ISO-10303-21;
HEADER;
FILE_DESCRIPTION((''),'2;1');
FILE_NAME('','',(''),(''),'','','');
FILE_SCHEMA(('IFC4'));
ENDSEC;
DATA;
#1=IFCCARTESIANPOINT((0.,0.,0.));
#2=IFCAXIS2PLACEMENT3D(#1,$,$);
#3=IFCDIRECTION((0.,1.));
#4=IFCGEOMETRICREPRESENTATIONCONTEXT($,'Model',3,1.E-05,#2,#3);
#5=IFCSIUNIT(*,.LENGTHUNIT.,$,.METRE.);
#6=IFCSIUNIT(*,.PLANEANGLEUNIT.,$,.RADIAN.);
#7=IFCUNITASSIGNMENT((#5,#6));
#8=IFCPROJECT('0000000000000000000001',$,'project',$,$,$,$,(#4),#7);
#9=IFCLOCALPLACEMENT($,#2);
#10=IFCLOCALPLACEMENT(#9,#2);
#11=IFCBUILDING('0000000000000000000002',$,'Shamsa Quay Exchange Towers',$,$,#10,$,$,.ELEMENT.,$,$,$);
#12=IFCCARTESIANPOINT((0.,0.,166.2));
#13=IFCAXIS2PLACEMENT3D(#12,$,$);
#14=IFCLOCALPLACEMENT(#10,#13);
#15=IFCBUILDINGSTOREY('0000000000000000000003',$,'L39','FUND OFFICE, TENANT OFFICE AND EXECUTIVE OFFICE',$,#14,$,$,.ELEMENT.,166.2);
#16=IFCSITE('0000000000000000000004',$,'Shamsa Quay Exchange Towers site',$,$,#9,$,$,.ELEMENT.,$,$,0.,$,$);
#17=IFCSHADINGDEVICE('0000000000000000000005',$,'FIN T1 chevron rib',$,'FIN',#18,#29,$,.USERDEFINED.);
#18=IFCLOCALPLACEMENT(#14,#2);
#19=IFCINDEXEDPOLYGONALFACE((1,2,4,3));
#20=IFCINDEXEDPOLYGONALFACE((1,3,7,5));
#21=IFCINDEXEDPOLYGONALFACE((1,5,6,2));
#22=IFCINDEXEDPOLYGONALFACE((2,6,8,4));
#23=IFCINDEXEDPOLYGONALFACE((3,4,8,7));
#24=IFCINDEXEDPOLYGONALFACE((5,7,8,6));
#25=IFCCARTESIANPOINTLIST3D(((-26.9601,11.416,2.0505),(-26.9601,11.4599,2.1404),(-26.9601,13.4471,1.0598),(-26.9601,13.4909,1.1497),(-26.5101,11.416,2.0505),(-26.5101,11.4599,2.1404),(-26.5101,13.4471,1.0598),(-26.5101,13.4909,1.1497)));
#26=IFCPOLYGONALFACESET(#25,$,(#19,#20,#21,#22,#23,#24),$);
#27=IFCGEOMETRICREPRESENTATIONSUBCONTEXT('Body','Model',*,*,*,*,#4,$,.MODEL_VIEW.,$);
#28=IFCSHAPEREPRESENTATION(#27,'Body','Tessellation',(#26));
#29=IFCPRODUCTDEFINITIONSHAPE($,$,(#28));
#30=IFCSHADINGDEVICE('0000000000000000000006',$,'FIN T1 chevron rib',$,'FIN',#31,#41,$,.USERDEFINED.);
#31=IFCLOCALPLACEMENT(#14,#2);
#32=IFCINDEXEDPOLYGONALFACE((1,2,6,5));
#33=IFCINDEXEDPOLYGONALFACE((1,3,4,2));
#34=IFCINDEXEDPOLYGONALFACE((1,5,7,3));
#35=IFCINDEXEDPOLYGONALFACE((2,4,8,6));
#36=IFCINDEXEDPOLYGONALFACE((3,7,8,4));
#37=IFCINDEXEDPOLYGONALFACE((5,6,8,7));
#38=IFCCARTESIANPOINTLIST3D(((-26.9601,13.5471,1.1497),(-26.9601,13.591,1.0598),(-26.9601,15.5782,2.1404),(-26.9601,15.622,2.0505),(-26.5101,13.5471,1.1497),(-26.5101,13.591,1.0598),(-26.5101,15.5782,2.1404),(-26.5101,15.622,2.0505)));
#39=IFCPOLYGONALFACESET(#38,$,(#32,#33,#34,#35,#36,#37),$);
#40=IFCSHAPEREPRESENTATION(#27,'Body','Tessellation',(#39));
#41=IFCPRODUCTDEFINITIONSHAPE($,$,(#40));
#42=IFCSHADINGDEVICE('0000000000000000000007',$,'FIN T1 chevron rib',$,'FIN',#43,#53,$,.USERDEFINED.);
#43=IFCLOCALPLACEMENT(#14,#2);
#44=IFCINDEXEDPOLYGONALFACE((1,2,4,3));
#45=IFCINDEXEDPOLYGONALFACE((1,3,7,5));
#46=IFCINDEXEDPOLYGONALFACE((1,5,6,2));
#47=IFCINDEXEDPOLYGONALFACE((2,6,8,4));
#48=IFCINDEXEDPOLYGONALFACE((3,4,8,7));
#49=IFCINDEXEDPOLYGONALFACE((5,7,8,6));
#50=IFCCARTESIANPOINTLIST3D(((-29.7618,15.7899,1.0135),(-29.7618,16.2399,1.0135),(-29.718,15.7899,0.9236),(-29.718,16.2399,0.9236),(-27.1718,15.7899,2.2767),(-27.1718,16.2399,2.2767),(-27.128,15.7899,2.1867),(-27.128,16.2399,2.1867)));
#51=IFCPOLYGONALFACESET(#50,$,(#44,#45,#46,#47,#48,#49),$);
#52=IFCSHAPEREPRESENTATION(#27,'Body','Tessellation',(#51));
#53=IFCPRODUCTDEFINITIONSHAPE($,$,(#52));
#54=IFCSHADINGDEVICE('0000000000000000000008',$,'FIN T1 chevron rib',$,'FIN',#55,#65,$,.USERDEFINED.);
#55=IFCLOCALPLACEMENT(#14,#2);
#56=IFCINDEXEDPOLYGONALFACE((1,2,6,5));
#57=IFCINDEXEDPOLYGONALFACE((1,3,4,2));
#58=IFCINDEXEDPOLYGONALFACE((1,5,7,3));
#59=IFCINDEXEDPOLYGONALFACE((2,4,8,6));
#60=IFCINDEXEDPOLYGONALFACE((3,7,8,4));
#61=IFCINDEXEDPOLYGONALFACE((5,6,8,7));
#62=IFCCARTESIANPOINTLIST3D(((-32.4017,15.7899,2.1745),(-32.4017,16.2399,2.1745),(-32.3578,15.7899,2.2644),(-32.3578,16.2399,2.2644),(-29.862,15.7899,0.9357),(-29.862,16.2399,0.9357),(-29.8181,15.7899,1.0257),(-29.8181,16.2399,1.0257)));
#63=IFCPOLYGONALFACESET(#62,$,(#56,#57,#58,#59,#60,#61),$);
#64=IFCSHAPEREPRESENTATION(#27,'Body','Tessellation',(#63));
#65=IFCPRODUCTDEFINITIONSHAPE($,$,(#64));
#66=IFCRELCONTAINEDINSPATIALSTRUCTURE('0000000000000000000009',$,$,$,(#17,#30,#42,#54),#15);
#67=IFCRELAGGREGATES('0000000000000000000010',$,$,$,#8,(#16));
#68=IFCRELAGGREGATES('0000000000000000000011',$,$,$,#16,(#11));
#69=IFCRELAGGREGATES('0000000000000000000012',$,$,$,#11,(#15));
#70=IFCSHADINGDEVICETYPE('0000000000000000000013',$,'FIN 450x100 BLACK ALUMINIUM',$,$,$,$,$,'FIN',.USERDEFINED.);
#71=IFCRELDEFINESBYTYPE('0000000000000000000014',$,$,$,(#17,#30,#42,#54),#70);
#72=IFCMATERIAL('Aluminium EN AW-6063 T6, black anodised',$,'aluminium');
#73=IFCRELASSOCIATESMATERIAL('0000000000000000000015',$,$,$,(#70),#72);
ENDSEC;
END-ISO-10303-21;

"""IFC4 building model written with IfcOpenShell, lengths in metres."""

from ifc_helpers import new_model, si_unit, direction, frame, origin, origin_2d, place, context, subcontext, project, spatial, rectangle, extrude, material, material_profile, profile_set, type_object, element, save


model = new_model("IFC4")

# Units and contexts
model_context = context("Model", 3, precision=1e-05, world=origin(), true_north=direction((0.0, 1.0)))
body_context = subcontext(model_context, "Body", "Model", "MODEL_VIEW")
ifc_project = project(units=[si_unit("LENGTHUNIT", "METRE"), si_unit("PLANEANGLEUNIT", "RADIAN")], contexts=[model_context])

# Site, building, storey
site_placement = place(None, origin())
site = spatial("IfcSite", under=ifc_project, at=site_placement, Name="Shamsa Quay Exchange Towers site", CompositionType="ELEMENT", RefElevation=0.0)
building_placement = place(site_placement, origin())
building = spatial("IfcBuilding", under=site, at=building_placement, Name="Shamsa Quay Exchange Towers", CompositionType="ELEMENT")
storey_placement = place(building_placement, frame((0.0, 0.0, 166.2)))
storey = spatial("IfcBuildingStorey", under=building, at=storey_placement, Name="L39", Description="FUND OFFICE, TENANT OFFICE AND EXECUTIVE OFFICE", CompositionType="ELEMENT", Elevation=166.2)

# Shared definitions
ifc_material_1 = material(Name="Aluminium EN AW-6063 T6, black anodised", Category="aluminium")

# Shading devices
ifc_material_profile_1 = material_profile(ifc_material_1, rectangle(XDim=0.45, YDim=0.1001, at=origin_2d()), Name="FIN450x100")
ifc_profile_set_1 = profile_set([ifc_material_profile_1], Name="Aluminium EN AW-6063 T6, black anodised")
shading_device_type = type_object("IfcShadingDeviceType", Name="FIN 450x100 BLACK ALUMINIUM", ElementType="FIN", PredefinedType="USERDEFINED", material=ifc_profile_set_1)
for number, where, z_axis, x_axis, name in (
    (1, (-26.7351, 11.438, 2.0955), (0.0, 0.898771, -0.438419), (-1.0, 0.0, 0.0), "FIN T1 chevron rib"),
    (2, (-26.7351, 13.5691, 1.1047), (0.0, 0.898771, 0.438419), (-1.0, 0.0, 0.0), "FIN T1 chevron rib"),
):
    element("IfcShadingDevice", number, at=place(storey_placement, frame(where, z_axis=z_axis, x_axis=x_axis)), inside=storey, type_object=shading_device_type, Name=name, ObjectType="FIN", PredefinedType="USERDEFINED", context=body_context, shape_type="SweptSolid", body=[
        extrude(rectangle(XDim=0.45, YDim=0.1001, at=origin_2d()), origin(), (0.0, 0.0, 1.0), 2.2598),
    ])
shading_device_1_placement = place(storey_placement, frame((-27.1499, 16.0149, 2.2317), z_axis=(-0.898806, 0.0, -0.438347), x_axis=(0.0, -1.0, 0.0)))
element("IfcShadingDevice", 3, at=shading_device_1_placement, inside=storey, type_object=shading_device_type, Name="FIN T1 chevron rib", ObjectType="FIN", PredefinedType="USERDEFINED", context=body_context, shape_type="SweptSolid", body=[
    extrude(rectangle(XDim=0.45, YDim=0.1001, at=origin_2d()), origin(), (0.0, 0.0, 1.0), 2.8816),
])
shading_device_2_placement = place(storey_placement, frame((-29.8401, 16.0149, 0.9807), z_axis=(-0.89879, 0.0, 0.438379), x_axis=(0.0, -1.0, 0.0)))
element("IfcShadingDevice", 4, at=shading_device_2_placement, inside=storey, type_object=shading_device_type, Name="FIN T1 chevron rib", ObjectType="FIN", PredefinedType="USERDEFINED", context=body_context, shape_type="SweptSolid", body=[
    extrude(rectangle(XDim=0.45, YDim=0.1001, at=origin_2d()), origin(), (0.0, 0.0, 1.0), 2.8257),
])

save(model, "model.ifc")
